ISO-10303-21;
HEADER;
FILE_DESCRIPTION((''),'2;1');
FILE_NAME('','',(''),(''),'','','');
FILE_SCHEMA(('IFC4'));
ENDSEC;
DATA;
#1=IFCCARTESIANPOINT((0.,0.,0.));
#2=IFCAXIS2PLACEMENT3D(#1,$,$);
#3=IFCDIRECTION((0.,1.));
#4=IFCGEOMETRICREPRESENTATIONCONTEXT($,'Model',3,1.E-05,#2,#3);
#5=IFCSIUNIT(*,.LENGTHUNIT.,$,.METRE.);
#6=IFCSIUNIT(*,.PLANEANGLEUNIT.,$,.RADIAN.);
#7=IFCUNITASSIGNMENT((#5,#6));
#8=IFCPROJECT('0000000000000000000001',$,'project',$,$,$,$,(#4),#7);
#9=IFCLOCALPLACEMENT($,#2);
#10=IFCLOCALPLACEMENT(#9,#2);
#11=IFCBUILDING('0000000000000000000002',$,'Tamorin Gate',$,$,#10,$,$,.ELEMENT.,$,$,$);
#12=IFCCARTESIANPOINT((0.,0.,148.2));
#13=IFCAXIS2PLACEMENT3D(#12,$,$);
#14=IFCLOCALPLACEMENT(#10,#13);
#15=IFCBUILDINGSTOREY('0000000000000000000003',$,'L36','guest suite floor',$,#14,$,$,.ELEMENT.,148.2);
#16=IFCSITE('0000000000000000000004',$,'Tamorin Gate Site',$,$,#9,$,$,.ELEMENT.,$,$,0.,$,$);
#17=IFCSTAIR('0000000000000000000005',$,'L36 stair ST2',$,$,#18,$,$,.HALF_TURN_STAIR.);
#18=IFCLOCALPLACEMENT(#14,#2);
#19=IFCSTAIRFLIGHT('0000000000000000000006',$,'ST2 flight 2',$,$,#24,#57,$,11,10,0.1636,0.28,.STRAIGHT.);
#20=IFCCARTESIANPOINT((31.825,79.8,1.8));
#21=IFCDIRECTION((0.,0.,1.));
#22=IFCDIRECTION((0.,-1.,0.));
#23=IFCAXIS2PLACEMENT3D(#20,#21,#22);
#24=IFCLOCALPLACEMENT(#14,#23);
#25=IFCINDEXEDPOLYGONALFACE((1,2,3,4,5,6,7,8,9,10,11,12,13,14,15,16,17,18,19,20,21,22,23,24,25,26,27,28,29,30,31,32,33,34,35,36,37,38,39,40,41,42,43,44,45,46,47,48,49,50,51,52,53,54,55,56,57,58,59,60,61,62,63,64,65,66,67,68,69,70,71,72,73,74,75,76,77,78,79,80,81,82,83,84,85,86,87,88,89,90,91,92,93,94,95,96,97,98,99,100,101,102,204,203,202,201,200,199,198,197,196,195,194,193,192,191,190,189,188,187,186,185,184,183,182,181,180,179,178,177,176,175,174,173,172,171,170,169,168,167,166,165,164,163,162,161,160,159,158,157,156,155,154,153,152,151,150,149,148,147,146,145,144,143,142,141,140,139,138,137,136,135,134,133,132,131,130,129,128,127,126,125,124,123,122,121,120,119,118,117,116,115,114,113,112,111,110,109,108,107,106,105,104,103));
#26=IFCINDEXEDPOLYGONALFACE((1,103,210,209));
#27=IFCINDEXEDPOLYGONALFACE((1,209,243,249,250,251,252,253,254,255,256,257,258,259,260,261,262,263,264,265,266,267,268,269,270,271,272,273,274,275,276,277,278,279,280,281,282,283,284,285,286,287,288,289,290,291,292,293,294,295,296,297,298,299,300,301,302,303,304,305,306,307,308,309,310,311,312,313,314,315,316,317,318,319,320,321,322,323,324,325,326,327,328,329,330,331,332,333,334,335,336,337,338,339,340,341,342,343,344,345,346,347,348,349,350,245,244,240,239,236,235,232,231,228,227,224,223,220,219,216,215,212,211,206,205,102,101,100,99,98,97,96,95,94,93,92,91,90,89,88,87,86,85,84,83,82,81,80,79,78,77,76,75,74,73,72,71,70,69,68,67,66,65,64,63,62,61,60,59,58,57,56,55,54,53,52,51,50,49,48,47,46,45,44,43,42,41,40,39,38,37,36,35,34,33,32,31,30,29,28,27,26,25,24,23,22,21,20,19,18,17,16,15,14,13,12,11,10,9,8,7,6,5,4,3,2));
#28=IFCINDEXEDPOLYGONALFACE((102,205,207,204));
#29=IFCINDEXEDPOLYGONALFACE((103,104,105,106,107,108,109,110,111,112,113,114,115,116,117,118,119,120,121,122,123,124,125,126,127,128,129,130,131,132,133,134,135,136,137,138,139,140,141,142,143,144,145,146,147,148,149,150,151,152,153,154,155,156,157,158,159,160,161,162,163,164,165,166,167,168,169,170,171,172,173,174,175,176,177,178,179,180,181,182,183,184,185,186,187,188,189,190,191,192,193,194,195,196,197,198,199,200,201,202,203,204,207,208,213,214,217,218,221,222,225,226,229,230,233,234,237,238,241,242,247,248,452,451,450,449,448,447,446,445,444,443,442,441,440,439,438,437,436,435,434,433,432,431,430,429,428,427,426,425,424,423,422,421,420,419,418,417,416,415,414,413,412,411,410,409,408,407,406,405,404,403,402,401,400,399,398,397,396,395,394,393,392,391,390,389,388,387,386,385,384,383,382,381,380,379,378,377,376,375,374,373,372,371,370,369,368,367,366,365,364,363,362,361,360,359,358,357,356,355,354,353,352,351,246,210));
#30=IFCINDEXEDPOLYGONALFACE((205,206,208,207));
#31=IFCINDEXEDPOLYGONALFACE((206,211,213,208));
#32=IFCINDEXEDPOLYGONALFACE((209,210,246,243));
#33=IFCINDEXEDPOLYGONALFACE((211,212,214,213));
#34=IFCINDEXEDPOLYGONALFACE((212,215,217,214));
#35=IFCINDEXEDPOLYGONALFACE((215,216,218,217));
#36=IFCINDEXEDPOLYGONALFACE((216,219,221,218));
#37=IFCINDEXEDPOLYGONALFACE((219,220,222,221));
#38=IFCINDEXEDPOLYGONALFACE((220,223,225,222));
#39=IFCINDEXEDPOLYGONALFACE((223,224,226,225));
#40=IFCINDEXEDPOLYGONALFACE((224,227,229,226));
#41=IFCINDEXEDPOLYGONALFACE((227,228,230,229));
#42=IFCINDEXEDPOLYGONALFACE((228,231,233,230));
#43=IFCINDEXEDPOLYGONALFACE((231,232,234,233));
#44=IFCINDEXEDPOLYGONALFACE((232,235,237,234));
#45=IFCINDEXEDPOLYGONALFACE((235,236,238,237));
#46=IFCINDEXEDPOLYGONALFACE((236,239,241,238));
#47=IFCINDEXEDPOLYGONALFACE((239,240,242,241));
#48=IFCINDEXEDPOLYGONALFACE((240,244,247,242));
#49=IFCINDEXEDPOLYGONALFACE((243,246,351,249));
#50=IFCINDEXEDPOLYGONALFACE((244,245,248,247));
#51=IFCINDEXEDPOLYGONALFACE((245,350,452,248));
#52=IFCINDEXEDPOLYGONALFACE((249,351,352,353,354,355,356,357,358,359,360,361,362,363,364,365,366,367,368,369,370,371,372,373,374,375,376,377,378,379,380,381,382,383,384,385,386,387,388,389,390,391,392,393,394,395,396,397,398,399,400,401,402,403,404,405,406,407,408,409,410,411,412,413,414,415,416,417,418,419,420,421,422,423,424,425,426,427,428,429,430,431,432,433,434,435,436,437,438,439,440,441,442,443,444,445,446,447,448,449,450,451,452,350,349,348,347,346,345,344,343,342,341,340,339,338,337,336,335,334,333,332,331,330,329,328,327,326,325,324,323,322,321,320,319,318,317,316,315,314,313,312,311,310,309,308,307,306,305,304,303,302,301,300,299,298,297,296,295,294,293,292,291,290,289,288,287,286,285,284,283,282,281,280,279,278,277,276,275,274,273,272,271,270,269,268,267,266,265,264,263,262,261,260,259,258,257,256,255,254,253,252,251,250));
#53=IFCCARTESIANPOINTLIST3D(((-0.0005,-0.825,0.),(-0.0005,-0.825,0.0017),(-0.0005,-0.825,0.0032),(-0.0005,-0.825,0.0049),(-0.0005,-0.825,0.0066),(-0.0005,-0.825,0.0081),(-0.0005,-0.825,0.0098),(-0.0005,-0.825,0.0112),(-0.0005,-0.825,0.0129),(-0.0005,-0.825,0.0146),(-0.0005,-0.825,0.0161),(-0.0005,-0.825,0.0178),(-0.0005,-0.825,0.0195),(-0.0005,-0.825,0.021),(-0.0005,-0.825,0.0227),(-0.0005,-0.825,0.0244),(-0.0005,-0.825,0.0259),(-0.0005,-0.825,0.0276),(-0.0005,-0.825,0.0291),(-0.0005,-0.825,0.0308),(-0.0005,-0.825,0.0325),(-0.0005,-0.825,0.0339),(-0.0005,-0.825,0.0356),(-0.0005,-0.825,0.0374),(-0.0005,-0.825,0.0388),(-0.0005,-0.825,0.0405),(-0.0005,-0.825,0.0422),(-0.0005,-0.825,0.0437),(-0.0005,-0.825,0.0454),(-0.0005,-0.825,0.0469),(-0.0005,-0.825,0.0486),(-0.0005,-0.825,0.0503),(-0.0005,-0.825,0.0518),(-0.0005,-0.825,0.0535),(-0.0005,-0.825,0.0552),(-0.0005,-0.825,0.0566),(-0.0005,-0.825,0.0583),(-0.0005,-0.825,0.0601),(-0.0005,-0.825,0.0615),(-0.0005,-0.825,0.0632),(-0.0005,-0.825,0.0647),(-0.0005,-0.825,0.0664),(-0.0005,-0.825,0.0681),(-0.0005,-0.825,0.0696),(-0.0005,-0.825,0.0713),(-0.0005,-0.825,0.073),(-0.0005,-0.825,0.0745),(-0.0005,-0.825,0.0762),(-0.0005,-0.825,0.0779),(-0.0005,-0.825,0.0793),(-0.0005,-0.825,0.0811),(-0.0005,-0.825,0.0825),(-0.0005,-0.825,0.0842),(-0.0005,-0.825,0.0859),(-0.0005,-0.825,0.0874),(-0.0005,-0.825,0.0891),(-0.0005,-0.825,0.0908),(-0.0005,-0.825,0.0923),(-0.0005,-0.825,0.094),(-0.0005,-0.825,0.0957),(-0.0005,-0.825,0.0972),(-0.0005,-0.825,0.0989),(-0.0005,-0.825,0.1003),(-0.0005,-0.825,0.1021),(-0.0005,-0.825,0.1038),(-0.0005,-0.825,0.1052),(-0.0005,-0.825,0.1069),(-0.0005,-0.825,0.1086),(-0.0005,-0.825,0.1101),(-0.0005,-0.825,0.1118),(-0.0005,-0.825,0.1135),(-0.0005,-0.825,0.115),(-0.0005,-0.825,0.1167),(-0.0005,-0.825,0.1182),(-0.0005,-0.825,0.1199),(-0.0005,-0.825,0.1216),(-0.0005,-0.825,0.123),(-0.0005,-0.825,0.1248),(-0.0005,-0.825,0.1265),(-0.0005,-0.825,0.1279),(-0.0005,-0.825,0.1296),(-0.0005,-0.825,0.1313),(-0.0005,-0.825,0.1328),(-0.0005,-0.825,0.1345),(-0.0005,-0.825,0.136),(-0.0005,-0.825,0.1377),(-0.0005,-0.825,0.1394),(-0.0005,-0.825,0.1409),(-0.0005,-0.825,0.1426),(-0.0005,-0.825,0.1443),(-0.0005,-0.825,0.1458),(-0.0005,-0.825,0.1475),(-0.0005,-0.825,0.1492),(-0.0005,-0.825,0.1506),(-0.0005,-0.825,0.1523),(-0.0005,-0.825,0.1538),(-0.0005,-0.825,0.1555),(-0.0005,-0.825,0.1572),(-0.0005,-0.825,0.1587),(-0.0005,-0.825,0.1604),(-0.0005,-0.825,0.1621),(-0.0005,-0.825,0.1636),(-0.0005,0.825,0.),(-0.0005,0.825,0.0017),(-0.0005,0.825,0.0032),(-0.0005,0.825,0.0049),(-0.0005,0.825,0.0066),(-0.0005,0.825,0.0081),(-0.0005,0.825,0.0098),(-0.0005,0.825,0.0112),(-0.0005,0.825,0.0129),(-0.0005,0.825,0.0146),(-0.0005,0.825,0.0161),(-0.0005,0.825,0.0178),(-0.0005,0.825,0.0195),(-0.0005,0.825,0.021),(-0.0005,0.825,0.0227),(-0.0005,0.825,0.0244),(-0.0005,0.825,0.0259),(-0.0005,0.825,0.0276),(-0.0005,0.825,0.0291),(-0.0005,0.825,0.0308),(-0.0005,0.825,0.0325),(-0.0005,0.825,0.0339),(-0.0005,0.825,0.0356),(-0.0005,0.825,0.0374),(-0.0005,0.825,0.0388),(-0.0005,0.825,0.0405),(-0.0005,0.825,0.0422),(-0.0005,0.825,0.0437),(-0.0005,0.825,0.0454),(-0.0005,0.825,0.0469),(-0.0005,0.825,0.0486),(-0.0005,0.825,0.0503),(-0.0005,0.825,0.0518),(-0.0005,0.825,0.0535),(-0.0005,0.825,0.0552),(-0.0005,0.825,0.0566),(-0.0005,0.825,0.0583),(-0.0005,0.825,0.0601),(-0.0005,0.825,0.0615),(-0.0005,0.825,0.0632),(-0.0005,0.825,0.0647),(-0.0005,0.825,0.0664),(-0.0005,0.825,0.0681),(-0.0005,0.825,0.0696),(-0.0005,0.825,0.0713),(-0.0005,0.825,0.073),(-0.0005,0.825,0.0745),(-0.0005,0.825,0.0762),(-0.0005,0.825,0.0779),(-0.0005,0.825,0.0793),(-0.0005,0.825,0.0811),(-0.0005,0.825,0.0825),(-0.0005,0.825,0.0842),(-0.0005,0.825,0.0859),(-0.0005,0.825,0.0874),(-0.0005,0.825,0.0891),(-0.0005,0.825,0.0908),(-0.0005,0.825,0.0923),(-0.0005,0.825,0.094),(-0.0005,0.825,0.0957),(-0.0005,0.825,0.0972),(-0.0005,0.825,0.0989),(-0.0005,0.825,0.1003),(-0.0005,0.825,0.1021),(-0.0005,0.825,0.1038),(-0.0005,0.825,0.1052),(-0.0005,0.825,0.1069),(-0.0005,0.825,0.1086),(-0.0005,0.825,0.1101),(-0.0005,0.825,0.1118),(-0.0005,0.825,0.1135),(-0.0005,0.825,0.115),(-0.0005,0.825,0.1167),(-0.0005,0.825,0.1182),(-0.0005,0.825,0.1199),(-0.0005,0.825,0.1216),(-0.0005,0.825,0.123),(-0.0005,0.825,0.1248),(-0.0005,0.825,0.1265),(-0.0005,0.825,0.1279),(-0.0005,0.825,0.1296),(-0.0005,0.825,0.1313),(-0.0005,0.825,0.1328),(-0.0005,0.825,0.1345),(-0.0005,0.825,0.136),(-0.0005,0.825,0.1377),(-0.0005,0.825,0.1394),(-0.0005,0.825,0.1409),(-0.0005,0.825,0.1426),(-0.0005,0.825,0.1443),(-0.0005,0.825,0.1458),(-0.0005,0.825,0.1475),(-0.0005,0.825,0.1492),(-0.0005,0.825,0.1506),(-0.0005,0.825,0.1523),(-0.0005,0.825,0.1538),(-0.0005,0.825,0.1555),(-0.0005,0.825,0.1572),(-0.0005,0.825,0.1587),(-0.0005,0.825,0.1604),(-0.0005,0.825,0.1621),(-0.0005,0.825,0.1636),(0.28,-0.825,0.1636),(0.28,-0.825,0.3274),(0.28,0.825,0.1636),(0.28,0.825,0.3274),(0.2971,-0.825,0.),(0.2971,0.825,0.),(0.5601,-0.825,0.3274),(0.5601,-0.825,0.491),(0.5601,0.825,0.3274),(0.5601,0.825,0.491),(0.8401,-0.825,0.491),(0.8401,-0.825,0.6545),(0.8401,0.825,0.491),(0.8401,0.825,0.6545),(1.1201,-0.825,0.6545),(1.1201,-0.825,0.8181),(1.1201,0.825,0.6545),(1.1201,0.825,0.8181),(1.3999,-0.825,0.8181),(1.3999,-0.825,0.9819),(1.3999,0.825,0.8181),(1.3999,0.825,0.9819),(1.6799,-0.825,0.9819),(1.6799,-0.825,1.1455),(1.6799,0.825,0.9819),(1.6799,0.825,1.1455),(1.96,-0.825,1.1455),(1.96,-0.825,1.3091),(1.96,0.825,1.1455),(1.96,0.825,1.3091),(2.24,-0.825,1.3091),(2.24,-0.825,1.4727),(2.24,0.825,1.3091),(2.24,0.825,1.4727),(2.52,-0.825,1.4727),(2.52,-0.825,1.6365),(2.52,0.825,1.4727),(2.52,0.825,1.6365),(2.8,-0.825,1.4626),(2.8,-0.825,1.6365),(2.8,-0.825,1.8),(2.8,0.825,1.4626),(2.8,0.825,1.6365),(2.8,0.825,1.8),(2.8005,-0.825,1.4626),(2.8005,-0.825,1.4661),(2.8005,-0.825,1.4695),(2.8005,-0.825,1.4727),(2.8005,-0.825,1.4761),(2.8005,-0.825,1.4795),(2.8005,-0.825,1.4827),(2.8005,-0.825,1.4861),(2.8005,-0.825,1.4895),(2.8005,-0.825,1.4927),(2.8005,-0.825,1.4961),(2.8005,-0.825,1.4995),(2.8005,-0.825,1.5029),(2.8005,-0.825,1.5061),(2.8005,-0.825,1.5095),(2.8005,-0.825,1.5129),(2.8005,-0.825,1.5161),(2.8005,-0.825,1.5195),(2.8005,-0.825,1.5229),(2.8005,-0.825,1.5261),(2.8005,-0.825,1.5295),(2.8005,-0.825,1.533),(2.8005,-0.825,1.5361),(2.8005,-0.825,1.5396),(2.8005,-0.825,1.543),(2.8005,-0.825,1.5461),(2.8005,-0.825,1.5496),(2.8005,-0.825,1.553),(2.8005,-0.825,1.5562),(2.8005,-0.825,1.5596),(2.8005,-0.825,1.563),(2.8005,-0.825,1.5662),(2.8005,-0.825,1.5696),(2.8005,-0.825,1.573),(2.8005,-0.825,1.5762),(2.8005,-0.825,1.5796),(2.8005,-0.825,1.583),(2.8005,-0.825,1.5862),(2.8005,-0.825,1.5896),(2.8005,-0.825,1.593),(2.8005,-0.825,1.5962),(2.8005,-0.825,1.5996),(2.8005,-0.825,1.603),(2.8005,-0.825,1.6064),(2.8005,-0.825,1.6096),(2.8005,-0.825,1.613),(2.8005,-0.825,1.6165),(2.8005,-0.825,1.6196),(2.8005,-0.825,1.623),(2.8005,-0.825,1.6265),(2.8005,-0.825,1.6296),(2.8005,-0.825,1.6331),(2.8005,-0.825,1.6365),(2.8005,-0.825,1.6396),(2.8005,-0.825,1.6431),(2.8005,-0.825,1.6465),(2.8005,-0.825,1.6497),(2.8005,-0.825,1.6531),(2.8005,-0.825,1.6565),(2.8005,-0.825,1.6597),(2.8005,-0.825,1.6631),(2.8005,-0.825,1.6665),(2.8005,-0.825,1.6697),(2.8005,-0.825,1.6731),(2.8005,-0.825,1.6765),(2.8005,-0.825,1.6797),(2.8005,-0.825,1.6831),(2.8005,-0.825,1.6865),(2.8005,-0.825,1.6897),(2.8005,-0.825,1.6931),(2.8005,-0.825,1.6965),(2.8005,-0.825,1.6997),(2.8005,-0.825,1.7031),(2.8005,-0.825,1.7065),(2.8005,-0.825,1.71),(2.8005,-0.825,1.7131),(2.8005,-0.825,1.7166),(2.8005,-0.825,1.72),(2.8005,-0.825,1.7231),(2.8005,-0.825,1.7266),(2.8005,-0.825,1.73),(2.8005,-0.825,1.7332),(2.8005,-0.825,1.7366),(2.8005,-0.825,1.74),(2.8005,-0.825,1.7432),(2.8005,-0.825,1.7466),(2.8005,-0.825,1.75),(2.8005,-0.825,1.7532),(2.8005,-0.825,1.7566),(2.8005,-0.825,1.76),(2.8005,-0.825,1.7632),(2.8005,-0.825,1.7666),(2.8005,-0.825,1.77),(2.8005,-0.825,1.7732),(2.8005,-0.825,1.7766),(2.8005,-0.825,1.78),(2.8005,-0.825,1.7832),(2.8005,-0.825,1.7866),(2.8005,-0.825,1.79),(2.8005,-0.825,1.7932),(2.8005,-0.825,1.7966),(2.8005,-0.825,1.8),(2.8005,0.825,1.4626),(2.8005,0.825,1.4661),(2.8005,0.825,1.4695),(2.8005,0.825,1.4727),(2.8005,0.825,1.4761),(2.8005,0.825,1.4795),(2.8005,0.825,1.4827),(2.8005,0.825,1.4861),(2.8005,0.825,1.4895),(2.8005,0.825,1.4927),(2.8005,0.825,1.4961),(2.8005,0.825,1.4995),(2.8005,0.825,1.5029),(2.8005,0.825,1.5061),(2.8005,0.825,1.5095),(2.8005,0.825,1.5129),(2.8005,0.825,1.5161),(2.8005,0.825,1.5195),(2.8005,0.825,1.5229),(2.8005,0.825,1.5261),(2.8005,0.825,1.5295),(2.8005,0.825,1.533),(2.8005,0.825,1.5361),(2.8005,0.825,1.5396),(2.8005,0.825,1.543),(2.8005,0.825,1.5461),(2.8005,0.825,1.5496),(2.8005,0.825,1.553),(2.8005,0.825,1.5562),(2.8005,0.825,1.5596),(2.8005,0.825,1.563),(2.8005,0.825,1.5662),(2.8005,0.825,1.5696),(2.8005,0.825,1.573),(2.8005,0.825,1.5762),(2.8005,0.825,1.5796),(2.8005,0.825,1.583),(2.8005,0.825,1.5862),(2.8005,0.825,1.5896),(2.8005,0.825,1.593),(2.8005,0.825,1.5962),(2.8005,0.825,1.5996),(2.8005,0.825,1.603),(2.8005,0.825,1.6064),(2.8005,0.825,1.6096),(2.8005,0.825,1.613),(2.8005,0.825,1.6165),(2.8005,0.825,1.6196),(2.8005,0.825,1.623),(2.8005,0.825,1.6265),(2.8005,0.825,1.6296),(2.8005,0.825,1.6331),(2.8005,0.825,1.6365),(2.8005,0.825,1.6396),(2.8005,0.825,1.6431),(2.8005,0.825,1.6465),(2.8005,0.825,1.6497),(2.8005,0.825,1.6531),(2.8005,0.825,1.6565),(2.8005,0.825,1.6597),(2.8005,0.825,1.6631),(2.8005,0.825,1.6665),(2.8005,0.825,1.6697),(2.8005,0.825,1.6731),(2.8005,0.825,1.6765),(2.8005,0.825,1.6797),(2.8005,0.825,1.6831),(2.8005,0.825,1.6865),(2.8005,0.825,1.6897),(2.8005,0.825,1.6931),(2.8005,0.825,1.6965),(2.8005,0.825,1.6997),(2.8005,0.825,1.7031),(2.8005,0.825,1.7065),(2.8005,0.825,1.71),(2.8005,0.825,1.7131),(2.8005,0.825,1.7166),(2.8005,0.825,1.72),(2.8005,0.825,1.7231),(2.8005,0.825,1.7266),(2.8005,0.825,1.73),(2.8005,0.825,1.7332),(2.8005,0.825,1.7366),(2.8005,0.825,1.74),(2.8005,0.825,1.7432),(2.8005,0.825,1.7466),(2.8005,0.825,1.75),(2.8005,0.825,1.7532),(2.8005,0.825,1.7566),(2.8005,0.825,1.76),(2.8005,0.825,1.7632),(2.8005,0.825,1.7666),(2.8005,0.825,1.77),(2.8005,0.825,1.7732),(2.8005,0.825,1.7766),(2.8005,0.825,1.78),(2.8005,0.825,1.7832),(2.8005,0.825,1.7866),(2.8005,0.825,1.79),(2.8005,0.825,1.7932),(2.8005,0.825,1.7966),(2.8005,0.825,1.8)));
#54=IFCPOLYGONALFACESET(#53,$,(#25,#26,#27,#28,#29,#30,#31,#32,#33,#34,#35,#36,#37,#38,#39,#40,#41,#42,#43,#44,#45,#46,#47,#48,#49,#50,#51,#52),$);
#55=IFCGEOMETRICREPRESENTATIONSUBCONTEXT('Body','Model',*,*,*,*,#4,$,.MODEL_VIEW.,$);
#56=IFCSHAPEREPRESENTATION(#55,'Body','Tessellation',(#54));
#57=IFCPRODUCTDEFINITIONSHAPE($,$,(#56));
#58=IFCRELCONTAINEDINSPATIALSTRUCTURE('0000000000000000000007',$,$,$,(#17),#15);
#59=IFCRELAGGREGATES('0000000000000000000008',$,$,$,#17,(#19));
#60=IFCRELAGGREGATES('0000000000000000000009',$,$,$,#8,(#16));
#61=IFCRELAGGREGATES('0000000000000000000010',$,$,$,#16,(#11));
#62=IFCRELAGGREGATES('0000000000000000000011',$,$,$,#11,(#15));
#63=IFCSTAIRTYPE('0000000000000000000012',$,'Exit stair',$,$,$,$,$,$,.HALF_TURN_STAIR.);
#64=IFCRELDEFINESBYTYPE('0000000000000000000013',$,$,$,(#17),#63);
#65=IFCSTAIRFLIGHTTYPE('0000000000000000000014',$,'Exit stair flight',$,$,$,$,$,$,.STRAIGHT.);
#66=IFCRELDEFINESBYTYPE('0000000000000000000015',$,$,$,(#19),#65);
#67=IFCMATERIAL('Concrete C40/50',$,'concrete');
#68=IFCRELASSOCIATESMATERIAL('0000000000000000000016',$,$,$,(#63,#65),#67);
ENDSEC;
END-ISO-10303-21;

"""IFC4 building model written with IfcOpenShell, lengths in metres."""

from ifc_helpers import new_model, si_unit, direction, frame, origin, place, context, subcontext, project, spatial, polyline, outline, extrude, material, type_object, element, aggregate, save


model = new_model("IFC4")

# Units and contexts
model_context = context("Model", 3, precision=1e-05, world=origin(), true_north=direction((0.0, 1.0)))
body_context = subcontext(model_context, "Body", "Model", "MODEL_VIEW")
ifc_project = project(units=[si_unit("LENGTHUNIT", "METRE"), si_unit("PLANEANGLEUNIT", "RADIAN")], contexts=[model_context])

# Site, building, storey
site_placement = place(None, origin())
site = spatial("IfcSite", under=ifc_project, at=site_placement, Name="Tamorin Gate Site", CompositionType="ELEMENT", RefElevation=0.0)
building_placement = place(site_placement, origin())
building = spatial("IfcBuilding", under=site, at=building_placement, Name="Tamorin Gate", CompositionType="ELEMENT")
storey_placement = place(building_placement, frame((0.0, 0.0, 148.2)))
storey = spatial("IfcBuildingStorey", under=building, at=storey_placement, Name="L36", Description="guest suite floor", CompositionType="ELEMENT", Elevation=148.2)

# Shared definitions
ifc_material_1 = material(Name="Concrete C40/50", Category="concrete")

# Stair, stair flight
stair_type = type_object("IfcStairType", Name="Exit stair", PredefinedType="HALF_TURN_STAIR", material=ifc_material_1)
stair_flight_type = type_object("IfcStairFlightType", Name="Exit stair flight", PredefinedType="STRAIGHT", material=ifc_material_1)
stair_1_placement = place(storey_placement, origin())
stair_1 = element("IfcStair", 1, at=stair_1_placement, inside=storey, type_object=stair_type, Name="L36 stair ST2", PredefinedType="HALF_TURN_STAIR")
stair_flight_1_placement = place(storey_placement, frame((31.825, 79.8, 1.8), z_axis=(0.0, 0.0, 1.0), x_axis=(0.0, -1.0, 0.0)))
stair_flight_1 = element("IfcStairFlight", 2, at=stair_flight_1_placement, type_object=stair_flight_type, Name="ST2 flight 2", NumberOfRisers=11, NumberOfTreads=10, PredefinedType="STRAIGHT", RiserHeight=0.1636, TreadLength=0.28, context=body_context, shape_type="SweptSolid", body=[
    extrude(outline(polyline([(-0.0005, 0.0), (-0.0005, 0.0017), (-0.0005, 0.0032), (-0.0005, 0.0049), (-0.0005, 0.0066), (-0.0005, 0.0081), (-0.0005, 0.0098), (-0.0005, 0.0112), (-0.0005, 0.0129), (-0.0005, 0.0146), (-0.0005, 0.0161), (-0.0005, 0.0178), (-0.0005, 0.0195), (-0.0005, 0.021), (-0.0005, 0.0227), (-0.0005, 0.0244), (-0.0005, 0.0259), (-0.0005, 0.0276), (-0.0005, 0.0291), (-0.0005, 0.0308), (-0.0005, 0.0325), (-0.0005, 0.0339), (-0.0005, 0.0356), (-0.0005, 0.0374), (-0.0005, 0.0388), (-0.0005, 0.0405), (-0.0005, 0.0422), (-0.0005, 0.0437), (-0.0005, 0.0454), (-0.0005, 0.0469), (-0.0005, 0.0486), (-0.0005, 0.0503), (-0.0005, 0.0518), (-0.0005, 0.0535), (-0.0005, 0.0552), (-0.0005, 0.0566), (-0.0005, 0.0583), (-0.0005, 0.0601), (-0.0005, 0.0615), (-0.0005, 0.0632), (-0.0005, 0.0647), (-0.0005, 0.0664), (-0.0005, 0.0681), (-0.0005, 0.0696), (-0.0005, 0.0713), (-0.0005, 0.073), (-0.0005, 0.0745), (-0.0005, 0.0762), (-0.0005, 0.0779), (-0.0005, 0.0793), (-0.0005, 0.0811), (-0.0005, 0.0825), (-0.0005, 0.0842), (-0.0005, 0.0859), (-0.0005, 0.0874), (-0.0005, 0.0891), (-0.0005, 0.0908), (-0.0005, 0.0923), (-0.0005, 0.094), (-0.0005, 0.0957), (-0.0005, 0.0972), (-0.0005, 0.0989), (-0.0005, 0.1003), (-0.0005, 0.1021), (-0.0005, 0.1038), (-0.0005, 0.1052), (-0.0005, 0.1069), (-0.0005, 0.1086), (-0.0005, 0.1101), (-0.0005, 0.1118), (-0.0005, 0.1135), (-0.0005, 0.115), (-0.0005, 0.1167), (-0.0005, 0.1182), (-0.0005, 0.1199), (-0.0005, 0.1216), (-0.0005, 0.123), (-0.0005, 0.1248), (-0.0005, 0.1265), (-0.0005, 0.1279), (-0.0005, 0.1296), (-0.0005, 0.1313), (-0.0005, 0.1328), (-0.0005, 0.1345), (-0.0005, 0.136), (-0.0005, 0.1377), (-0.0005, 0.1394), (-0.0005, 0.1409), (-0.0005, 0.1426), (-0.0005, 0.1443), (-0.0005, 0.1458), (-0.0005, 0.1475), (-0.0005, 0.1492), (-0.0005, 0.1506), (-0.0005, 0.1523), (-0.0005, 0.1538), (-0.0005, 0.1555), (-0.0005, 0.1572), (-0.0005, 0.1587), (-0.0005, 0.1604), (-0.0005, 0.1621), (-0.0005, 0.1636), (0.28, 0.1636), (0.28, 0.3274), (0.5601, 0.3274), (0.5601, 0.491), (0.8401, 0.491), (0.8401, 0.6545), (1.1201, 0.6545), (1.1201, 0.8181), (1.3999, 0.8181), (1.3999, 0.9819), (1.6799, 0.9819), (1.6799, 1.1455), (1.96, 1.1455), (1.96, 1.3091), (2.24, 1.3091), (2.24, 1.4727), (2.52, 1.4727), (2.52, 1.6365), (2.8, 1.6365), (2.8, 1.8), (2.8005, 1.8), (2.8005, 1.7966), (2.8005, 1.7932), (2.8005, 1.79), (2.8005, 1.7866), (2.8005, 1.7832), (2.8005, 1.78), (2.8005, 1.7766), (2.8005, 1.7732), (2.8005, 1.77), (2.8005, 1.7666), (2.8005, 1.7632), (2.8005, 1.76), (2.8005, 1.7566), (2.8005, 1.7532), (2.8005, 1.75), (2.8005, 1.7466), (2.8005, 1.7432), (2.8005, 1.74), (2.8005, 1.7366), (2.8005, 1.7332), (2.8005, 1.73), (2.8005, 1.7266), (2.8005, 1.7231), (2.8005, 1.72), (2.8005, 1.7166), (2.8005, 1.7131), (2.8005, 1.71), (2.8005, 1.7065), (2.8005, 1.7031), (2.8005, 1.6997), (2.8005, 1.6965), (2.8005, 1.6931), (2.8005, 1.6897), (2.8005, 1.6865), (2.8005, 1.6831), (2.8005, 1.6797), (2.8005, 1.6765), (2.8005, 1.6731), (2.8005, 1.6697), (2.8005, 1.6665), (2.8005, 1.6631), (2.8005, 1.6597), (2.8005, 1.6565), (2.8005, 1.6531), (2.8005, 1.6497), (2.8005, 1.6465), (2.8005, 1.6431), (2.8005, 1.6396), (2.8005, 1.6365), (2.8005, 1.6331), (2.8005, 1.6296), (2.8005, 1.6265), (2.8005, 1.623), (2.8005, 1.6196), (2.8005, 1.6165), (2.8005, 1.613), (2.8005, 1.6096), (2.8005, 1.6064), (2.8005, 1.603), (2.8005, 1.5996), (2.8005, 1.5962), (2.8005, 1.593), (2.8005, 1.5896), (2.8005, 1.5862), (2.8005, 1.583), (2.8005, 1.5796), (2.8005, 1.5762), (2.8005, 1.573), (2.8005, 1.5696), (2.8005, 1.5662), (2.8005, 1.563), (2.8005, 1.5596), (2.8005, 1.5562), (2.8005, 1.553), (2.8005, 1.5496), (2.8005, 1.5461), (2.8005, 1.543), (2.8005, 1.5396), (2.8005, 1.5361), (2.8005, 1.533), (2.8005, 1.5295), (2.8005, 1.5261), (2.8005, 1.5229), (2.8005, 1.5195), (2.8005, 1.5161), (2.8005, 1.5129), (2.8005, 1.5095), (2.8005, 1.5061), (2.8005, 1.5029), (2.8005, 1.4995), (2.8005, 1.4961), (2.8005, 1.4927), (2.8005, 1.4895), (2.8005, 1.4861), (2.8005, 1.4827), (2.8005, 1.4795), (2.8005, 1.4761), (2.8005, 1.4727), (2.8005, 1.4695), (2.8005, 1.4661), (2.8005, 1.4626), (2.8, 1.4626), (0.2971, 0.0), (-0.0005, 0.0)])), frame((0.0, 0.825, 0.0), z_axis=(0.0, -1.0, 0.0), x_axis=(1.0, 0.0, 0.0)), (0.0, 0.0, 1.0), 1.6499),
])
aggregate(stair_1, [stair_flight_1])

save(model, "model.ifc")
